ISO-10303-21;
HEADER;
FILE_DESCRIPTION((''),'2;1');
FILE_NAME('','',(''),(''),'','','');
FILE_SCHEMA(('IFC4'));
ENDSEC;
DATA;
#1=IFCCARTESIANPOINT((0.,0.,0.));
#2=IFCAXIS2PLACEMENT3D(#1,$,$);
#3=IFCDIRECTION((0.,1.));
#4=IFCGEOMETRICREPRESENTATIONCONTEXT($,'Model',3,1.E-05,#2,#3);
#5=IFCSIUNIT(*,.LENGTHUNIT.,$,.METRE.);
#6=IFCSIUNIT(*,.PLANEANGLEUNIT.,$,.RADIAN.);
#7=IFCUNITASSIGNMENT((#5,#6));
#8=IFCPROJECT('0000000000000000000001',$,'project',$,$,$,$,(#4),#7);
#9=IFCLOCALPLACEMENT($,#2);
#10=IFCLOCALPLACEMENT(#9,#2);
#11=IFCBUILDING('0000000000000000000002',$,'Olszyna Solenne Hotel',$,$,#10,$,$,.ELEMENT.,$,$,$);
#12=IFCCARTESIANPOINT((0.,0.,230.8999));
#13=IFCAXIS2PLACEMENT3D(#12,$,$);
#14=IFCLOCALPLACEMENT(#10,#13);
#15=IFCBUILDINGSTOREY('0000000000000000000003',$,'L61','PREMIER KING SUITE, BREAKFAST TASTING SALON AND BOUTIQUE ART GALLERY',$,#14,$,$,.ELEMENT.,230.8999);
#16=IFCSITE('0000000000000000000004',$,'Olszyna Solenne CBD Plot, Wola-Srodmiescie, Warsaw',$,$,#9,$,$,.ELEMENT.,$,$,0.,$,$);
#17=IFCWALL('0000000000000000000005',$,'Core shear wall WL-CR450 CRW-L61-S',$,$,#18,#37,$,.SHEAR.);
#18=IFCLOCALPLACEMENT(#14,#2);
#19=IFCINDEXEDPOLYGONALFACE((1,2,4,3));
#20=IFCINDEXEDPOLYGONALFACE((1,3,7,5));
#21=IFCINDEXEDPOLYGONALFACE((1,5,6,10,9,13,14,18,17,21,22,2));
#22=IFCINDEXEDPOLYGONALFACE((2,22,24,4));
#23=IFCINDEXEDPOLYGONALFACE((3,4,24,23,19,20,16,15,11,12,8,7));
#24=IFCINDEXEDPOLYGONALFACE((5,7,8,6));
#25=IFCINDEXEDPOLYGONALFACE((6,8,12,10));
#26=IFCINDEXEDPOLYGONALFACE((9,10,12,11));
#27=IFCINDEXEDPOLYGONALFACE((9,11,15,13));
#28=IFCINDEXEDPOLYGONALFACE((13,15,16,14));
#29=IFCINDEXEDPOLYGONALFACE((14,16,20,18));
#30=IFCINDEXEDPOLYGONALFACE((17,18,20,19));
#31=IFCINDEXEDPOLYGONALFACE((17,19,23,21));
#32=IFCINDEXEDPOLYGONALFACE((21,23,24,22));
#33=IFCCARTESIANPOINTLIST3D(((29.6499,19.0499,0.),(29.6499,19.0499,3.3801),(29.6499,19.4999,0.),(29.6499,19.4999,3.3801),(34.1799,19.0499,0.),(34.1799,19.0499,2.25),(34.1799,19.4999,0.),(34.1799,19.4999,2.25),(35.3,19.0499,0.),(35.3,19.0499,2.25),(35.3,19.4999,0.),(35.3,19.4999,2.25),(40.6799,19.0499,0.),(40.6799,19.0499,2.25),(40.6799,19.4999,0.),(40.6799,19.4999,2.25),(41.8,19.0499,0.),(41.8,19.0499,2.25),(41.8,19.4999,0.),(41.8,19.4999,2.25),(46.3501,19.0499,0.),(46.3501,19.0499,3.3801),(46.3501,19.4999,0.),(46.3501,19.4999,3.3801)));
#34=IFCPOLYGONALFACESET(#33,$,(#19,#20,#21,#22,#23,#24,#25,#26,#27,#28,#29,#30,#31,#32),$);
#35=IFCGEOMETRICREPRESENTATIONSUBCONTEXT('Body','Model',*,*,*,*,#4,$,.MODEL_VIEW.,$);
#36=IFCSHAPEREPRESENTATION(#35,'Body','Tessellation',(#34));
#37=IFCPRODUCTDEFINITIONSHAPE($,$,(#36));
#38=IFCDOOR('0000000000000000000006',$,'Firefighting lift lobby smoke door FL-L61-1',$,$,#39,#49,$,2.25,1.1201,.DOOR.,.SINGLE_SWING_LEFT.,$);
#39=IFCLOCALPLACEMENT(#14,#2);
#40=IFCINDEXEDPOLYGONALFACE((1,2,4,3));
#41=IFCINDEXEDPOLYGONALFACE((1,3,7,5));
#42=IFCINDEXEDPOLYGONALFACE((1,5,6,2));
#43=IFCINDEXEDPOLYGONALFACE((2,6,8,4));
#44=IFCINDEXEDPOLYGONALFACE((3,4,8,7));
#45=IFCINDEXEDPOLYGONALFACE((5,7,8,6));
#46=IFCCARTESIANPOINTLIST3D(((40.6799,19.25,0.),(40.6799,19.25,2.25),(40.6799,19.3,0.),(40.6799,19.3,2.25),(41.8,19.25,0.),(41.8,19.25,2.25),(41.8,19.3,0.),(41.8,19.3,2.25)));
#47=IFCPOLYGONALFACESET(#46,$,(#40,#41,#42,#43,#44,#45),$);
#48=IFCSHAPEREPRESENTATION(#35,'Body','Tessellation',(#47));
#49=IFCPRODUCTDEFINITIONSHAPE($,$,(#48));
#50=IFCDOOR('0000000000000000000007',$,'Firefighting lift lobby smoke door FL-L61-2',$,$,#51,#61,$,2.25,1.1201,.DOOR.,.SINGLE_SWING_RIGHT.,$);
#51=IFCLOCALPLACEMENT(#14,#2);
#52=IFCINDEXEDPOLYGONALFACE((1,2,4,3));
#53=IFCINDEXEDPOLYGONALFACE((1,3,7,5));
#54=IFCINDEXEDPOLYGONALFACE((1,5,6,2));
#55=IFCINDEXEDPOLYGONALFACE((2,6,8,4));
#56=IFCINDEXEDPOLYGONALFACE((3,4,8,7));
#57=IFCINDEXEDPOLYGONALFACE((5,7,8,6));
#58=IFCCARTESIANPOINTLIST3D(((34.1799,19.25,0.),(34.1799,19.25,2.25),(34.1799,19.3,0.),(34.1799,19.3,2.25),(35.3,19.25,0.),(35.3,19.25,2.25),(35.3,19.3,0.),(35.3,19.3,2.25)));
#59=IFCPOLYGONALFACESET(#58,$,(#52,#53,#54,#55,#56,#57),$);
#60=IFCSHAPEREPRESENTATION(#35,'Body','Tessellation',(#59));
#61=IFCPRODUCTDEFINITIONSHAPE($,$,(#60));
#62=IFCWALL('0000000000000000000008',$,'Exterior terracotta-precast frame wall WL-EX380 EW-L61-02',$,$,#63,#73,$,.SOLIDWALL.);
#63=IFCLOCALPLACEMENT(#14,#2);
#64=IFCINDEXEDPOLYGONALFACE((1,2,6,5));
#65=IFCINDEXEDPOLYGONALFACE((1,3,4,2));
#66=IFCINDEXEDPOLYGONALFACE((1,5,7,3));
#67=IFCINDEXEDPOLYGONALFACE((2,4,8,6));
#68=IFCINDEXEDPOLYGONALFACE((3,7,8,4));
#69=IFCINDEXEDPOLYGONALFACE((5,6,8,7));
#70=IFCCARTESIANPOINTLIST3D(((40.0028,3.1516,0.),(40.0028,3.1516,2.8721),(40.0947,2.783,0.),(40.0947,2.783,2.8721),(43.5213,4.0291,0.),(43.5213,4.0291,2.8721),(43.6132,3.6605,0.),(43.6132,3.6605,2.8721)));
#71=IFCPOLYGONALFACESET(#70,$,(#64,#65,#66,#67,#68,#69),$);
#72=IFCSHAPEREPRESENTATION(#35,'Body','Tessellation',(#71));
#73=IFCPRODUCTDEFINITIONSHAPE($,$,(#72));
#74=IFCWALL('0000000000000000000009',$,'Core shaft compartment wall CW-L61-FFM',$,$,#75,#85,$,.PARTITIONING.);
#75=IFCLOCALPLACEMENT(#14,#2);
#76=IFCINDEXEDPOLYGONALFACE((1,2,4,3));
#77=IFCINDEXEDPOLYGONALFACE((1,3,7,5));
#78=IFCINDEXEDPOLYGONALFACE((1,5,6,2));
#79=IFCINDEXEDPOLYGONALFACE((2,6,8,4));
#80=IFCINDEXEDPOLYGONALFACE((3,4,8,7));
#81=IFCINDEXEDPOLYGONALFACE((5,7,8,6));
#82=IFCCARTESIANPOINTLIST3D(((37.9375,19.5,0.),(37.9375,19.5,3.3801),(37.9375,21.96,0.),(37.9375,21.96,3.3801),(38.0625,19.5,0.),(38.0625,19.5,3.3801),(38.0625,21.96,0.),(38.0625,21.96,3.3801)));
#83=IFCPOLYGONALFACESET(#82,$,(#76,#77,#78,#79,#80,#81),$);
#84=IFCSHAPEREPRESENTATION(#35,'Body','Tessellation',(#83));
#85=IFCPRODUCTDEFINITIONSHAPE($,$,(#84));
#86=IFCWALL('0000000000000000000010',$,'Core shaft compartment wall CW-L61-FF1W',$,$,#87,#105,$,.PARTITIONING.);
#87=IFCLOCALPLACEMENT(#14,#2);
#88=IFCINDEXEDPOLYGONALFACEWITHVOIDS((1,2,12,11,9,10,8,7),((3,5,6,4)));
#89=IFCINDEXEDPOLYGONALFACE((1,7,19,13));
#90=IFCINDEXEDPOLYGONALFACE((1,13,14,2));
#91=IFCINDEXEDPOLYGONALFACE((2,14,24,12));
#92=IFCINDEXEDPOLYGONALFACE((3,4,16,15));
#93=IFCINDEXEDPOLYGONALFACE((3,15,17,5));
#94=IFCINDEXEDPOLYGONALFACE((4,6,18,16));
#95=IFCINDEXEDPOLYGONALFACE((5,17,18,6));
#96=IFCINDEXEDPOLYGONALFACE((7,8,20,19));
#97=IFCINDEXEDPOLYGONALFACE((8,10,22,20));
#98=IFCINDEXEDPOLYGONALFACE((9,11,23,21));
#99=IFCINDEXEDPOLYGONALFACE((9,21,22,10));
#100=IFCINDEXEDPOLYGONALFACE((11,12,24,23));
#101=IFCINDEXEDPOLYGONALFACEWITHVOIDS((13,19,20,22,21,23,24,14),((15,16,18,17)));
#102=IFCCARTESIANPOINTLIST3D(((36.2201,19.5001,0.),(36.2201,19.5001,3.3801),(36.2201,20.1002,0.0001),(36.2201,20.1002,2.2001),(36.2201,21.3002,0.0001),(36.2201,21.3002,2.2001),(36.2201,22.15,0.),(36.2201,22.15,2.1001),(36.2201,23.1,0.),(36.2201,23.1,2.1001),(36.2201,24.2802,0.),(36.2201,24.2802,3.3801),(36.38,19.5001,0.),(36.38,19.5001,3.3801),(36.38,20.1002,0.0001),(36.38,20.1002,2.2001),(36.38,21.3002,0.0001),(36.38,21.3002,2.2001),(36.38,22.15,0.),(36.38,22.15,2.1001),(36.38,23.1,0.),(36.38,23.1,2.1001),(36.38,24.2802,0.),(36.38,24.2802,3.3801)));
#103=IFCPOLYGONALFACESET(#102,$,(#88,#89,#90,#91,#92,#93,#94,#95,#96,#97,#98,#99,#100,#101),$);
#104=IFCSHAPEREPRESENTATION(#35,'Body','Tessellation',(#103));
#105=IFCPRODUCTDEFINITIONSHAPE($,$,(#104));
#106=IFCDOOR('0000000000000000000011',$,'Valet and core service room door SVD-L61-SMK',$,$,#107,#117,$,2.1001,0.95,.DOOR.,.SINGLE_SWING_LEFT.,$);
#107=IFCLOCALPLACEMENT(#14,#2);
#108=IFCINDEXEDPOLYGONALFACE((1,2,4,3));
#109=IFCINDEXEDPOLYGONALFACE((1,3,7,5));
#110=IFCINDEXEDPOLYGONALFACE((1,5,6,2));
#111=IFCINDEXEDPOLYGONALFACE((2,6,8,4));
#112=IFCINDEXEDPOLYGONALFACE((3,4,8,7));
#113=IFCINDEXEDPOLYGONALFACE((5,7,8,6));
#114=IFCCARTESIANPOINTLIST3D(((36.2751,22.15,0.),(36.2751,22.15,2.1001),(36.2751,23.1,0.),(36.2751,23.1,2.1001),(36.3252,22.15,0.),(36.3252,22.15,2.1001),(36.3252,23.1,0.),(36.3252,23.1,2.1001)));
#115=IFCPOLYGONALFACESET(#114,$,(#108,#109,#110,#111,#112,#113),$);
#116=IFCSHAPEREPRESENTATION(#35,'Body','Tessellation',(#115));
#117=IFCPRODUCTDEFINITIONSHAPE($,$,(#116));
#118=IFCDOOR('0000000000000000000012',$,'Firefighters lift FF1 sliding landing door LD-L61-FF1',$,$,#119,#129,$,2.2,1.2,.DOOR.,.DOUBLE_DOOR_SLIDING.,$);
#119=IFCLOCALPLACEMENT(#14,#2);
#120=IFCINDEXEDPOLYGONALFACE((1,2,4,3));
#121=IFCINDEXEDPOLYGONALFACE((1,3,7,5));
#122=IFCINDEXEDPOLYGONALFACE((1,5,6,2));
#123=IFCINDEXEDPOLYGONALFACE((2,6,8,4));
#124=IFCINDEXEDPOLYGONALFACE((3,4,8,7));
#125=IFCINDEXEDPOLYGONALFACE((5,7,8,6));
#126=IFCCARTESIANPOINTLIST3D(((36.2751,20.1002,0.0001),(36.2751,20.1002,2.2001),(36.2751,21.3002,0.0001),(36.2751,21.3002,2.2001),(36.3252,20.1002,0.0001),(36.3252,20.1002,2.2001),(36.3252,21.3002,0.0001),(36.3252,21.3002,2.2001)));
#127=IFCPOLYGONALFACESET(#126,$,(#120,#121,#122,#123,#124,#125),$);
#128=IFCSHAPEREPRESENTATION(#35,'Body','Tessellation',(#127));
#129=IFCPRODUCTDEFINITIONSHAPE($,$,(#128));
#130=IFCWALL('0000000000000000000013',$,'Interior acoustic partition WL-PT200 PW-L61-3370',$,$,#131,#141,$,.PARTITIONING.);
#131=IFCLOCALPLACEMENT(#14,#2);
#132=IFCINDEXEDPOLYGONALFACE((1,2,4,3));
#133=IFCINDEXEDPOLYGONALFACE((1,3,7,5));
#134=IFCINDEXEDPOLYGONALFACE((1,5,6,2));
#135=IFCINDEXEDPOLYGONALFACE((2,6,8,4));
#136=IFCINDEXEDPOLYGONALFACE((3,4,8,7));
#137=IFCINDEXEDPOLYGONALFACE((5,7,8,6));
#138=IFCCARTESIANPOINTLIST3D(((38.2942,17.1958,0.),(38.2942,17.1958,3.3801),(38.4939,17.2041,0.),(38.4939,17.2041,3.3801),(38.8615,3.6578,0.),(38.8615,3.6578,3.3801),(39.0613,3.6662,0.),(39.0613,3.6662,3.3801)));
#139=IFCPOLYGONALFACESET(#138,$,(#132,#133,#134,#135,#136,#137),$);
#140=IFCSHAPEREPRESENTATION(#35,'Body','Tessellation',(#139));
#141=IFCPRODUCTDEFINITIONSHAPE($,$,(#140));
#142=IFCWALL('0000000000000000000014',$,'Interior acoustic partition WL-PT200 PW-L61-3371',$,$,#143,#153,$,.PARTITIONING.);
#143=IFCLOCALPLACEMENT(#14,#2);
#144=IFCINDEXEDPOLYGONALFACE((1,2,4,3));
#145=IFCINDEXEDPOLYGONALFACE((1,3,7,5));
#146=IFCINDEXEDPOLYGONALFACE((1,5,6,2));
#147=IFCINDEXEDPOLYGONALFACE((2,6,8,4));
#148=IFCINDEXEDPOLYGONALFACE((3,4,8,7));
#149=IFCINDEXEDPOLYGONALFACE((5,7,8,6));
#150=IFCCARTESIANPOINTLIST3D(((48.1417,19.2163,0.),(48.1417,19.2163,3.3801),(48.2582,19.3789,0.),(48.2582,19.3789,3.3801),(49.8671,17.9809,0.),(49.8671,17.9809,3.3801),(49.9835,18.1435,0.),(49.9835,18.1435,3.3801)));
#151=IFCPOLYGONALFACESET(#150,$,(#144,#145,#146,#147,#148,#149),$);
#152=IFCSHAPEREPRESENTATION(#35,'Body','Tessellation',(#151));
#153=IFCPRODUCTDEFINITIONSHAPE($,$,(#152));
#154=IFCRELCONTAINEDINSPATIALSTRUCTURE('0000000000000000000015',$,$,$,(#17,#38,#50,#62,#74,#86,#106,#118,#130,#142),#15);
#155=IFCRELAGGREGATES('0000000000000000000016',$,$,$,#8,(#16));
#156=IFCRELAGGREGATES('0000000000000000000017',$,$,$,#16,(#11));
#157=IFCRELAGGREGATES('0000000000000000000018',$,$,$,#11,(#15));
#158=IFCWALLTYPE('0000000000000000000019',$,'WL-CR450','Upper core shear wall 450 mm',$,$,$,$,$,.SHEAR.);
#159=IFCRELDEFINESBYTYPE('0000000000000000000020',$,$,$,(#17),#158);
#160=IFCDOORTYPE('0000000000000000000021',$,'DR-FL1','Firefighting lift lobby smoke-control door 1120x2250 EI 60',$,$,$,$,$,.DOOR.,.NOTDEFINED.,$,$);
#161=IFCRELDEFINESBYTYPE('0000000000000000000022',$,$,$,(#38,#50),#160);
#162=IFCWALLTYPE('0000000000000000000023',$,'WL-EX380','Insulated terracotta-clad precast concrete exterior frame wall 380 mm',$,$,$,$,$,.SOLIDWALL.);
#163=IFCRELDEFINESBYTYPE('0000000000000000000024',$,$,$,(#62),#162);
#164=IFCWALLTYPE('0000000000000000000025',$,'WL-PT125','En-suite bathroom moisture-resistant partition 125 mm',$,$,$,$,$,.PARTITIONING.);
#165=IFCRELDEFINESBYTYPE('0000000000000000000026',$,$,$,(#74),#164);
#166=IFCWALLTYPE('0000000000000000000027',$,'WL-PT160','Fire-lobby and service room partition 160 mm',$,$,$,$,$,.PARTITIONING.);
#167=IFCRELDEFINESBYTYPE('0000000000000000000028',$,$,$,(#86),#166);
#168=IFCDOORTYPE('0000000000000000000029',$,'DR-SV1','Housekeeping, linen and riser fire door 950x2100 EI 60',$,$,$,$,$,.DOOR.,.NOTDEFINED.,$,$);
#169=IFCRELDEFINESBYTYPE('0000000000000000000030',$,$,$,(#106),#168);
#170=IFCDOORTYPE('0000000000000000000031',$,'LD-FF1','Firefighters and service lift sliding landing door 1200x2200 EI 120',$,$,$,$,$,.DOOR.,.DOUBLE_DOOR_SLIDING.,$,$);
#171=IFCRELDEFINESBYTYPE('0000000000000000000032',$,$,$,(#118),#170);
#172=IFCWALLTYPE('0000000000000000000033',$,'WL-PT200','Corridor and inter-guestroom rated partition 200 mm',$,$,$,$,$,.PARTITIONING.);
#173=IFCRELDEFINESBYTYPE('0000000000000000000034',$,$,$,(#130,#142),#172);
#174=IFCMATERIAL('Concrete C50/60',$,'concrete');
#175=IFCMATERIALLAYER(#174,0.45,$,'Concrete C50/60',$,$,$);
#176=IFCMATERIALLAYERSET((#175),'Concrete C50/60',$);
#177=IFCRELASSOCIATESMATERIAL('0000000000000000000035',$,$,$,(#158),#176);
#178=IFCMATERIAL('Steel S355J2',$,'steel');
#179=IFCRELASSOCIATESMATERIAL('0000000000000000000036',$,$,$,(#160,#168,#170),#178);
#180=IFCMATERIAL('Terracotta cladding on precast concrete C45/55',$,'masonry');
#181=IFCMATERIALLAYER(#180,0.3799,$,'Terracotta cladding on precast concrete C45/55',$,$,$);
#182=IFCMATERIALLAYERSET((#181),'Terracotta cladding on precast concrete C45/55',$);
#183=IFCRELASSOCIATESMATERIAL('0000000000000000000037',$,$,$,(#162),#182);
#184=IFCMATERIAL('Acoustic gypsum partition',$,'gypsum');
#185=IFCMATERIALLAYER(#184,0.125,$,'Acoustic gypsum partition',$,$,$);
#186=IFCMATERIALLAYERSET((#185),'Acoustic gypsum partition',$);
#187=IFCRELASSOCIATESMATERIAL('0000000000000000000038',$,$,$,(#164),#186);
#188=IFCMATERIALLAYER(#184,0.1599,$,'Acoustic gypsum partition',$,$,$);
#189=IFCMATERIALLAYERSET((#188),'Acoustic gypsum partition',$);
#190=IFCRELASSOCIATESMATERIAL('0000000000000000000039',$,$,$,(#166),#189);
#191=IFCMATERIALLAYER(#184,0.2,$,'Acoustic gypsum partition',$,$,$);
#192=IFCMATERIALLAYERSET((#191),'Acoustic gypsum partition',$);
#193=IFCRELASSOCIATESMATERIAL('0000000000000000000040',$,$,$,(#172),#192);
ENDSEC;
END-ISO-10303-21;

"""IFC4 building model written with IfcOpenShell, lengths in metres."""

from ifc_helpers import new_model, si_unit, direction, frame, frame_2d, origin, place, context, subcontext, project, spatial, rectangle, extrude, source, transform, mapped, material, layer, layer_set, type_object, type_shapes, element, fill, save


model = new_model("IFC4")

# Units and contexts
model_context = context("Model", 3, precision=1e-05, world=origin(), true_north=direction((0.0, 1.0)))
body_context = subcontext(model_context, "Body", "Model", "MODEL_VIEW")
ifc_project = project(units=[si_unit("LENGTHUNIT", "METRE"), si_unit("PLANEANGLEUNIT", "RADIAN")], contexts=[model_context])

# Site, building, storey
site_placement = place(None, origin())
site = spatial("IfcSite", under=ifc_project, at=site_placement, Name="Olszyna Solenne CBD Plot, Wola-Srodmiescie, Warsaw", CompositionType="ELEMENT", RefElevation=0.0)
building_placement = place(site_placement, origin())
building = spatial("IfcBuilding", under=site, at=building_placement, Name="Olszyna Solenne Hotel", CompositionType="ELEMENT")
storey_placement = place(building_placement, frame((0.0, 0.0, 230.8999)))
storey = spatial("IfcBuildingStorey", under=building, at=storey_placement, Name="L61", Description="PREMIER KING SUITE, BREAKFAST TASTING SALON AND BOUTIQUE ART GALLERY", CompositionType="ELEMENT", Elevation=230.8999)

# Shared definitions
ifc_material_1 = material(Name="Steel S355J2", Category="steel")

# Wall, openings, doors
ifc_material_2 = material(Name="Concrete C50/60", Category="concrete")
ifc_layer_1 = layer(ifc_material_2, 0.45, Name="Concrete C50/60")
ifc_layer_set_1 = layer_set([ifc_layer_1], Name="Concrete C50/60")
wall_type_1 = type_object("IfcWallType", Name="WL-CR450", Description="Upper core shear wall 450 mm", PredefinedType="SHEAR", material=ifc_layer_set_1)
wall_1_placement = place(storey_placement, frame((46.3501, 19.2749, 0.0), z_axis=(0.0, 0.0, 1.0), x_axis=(-1.0, 0.0, 0.0)))
wall_1 = element("IfcWall", 1, at=wall_1_placement, inside=storey, type_object=wall_type_1, Name="Core shear wall WL-CR450 CRW-L61-S", PredefinedType="SHEAR", context=body_context, shape_type="SweptSolid", body=[
    extrude(rectangle(XDim=16.7002, YDim=0.45, at=frame_2d((8.3501, 0.0))), origin(), (0.0, 0.0, 1.0), 3.3801),
])
opening_1_placement = place(wall_1_placement, frame((4.55, 0.0, 0.0)))
opening_1 = element("IfcOpeningElement", 2, at=opening_1_placement, cuts=wall_1, PredefinedType="OPENING", context=body_context, shape_type="SweptSolid", body=[
    extrude(rectangle(XDim=1.1201, YDim=2.25, at=frame_2d((0.5601, 1.125))), frame((0.0, 0.2349, 0.0), z_axis=(0.0, -1.0, 0.0), x_axis=(1.0, 0.0, 0.0)), (0.0, 0.0, 1.0), 0.47),
])
opening_2_placement = place(wall_1_placement, frame((11.05, 0.0, 0.0)))
opening_2 = element("IfcOpeningElement", 3, at=opening_2_placement, cuts=wall_1, PredefinedType="OPENING", context=body_context, shape_type="SweptSolid", body=[
    extrude(rectangle(XDim=1.1201, YDim=2.25, at=frame_2d((0.5601, 1.125))), frame((0.0, 0.2349, 0.0), z_axis=(0.0, -1.0, 0.0), x_axis=(1.0, 0.0, 0.0)), (0.0, 0.0, 1.0), 0.47),
])
door_type_1 = type_object("IfcDoorType", Name="DR-FL1", Description="Firefighting lift lobby smoke-control door 1120x2250 EI 60", OperationType="NOTDEFINED", PredefinedType="DOOR", material=ifc_material_1)
shared_shape_1 = source(origin(), body_context, "Body", "SweptSolid", [
    extrude(rectangle(XDim=1.1201, YDim=2.25, at=frame_2d((0.5601, 1.125))), frame((0.0, 0.0249, 0.0), z_axis=(0.0, -1.0, 0.0), x_axis=(1.0, 0.0, 0.0)), (0.0, 0.0, 1.0), 0.05),
])
type_shapes(door_type_1, [shared_shape_1])
door_1_placement = place(opening_1_placement, origin())
door_1 = element("IfcDoor", 4, at=door_1_placement, inside=storey, type_object=door_type_1, Name="Firefighting lift lobby smoke door FL-L61-1", OperationType="SINGLE_SWING_LEFT", OverallHeight=2.25, OverallWidth=1.1201, PredefinedType="DOOR", context=body_context, shape_type="MappedRepresentation", body=[
    mapped(shared_shape_1, transform((0.0, 0.0, 0.0), x_axis=(1.0, 0.0, 0.0), y_axis=(0.0, 1.0, 0.0), z_axis=(0.0, 0.0, 1.0), scale=1.0)),
])
fill(opening_1, door_1)
door_2_placement = place(opening_2_placement, origin())
door_2 = element("IfcDoor", 5, at=door_2_placement, inside=storey, type_object=door_type_1, Name="Firefighting lift lobby smoke door FL-L61-2", OperationType="SINGLE_SWING_RIGHT", OverallHeight=2.25, OverallWidth=1.1201, PredefinedType="DOOR", context=body_context, shape_type="MappedRepresentation", body=[
    mapped(shared_shape_1, transform((0.0, 0.0, 0.0), x_axis=(1.0, 0.0, 0.0), y_axis=(0.0, 1.0, 0.0), z_axis=(0.0, 0.0, 1.0), scale=1.0)),
])
fill(opening_2, door_2)

# Walls
ifc_material_3 = material(Name="Terracotta cladding on precast concrete C45/55", Category="masonry")
ifc_layer_2 = layer(ifc_material_3, 0.3799, Name="Terracotta cladding on precast concrete C45/55")
ifc_layer_set_2 = layer_set([ifc_layer_2], Name="Terracotta cladding on precast concrete C45/55")
wall_type_2 = type_object("IfcWallType", Name="WL-EX380", Description="Insulated terracotta-clad precast concrete exterior frame wall 380 mm", PredefinedType="SOLIDWALL", material=ifc_layer_set_2)
wall_2_placement = place(storey_placement, frame((43.5671, 3.8447, 0.0), z_axis=(0.0, 0.0, 1.0), x_axis=(-0.970285, -0.241965, 0.0)))
element("IfcWall", 6, at=wall_2_placement, inside=storey, type_object=wall_type_2, Name="Exterior terracotta-precast frame wall WL-EX380 EW-L61-02", PredefinedType="SOLIDWALL", context=body_context, shape_type="SweptSolid", body=[
    extrude(rectangle(XDim=3.6262, YDim=0.3799, at=frame_2d((1.813, 0.0))), origin(), (0.0, 0.0, 1.0), 2.8721),
])
ifc_material_4 = material(Name="Acoustic gypsum partition", Category="gypsum")
ifc_layer_3 = layer(ifc_material_4, 0.125, Name="Acoustic gypsum partition")
ifc_layer_set_3 = layer_set([ifc_layer_3], Name="Acoustic gypsum partition")
wall_type_3 = type_object("IfcWallType", Name="WL-PT125", Description="En-suite bathroom moisture-resistant partition 125 mm", PredefinedType="PARTITIONING", material=ifc_layer_set_3)
wall_3_placement = place(storey_placement, frame((38.0, 19.5, 0.0), z_axis=(0.0, 0.0, 1.0), x_axis=(0.0, 1.0, 0.0)))
element("IfcWall", 7, at=wall_3_placement, inside=storey, type_object=wall_type_3, Name="Core shaft compartment wall CW-L61-FFM", PredefinedType="PARTITIONING", context=body_context, shape_type="SweptSolid", body=[
    extrude(rectangle(XDim=2.46, YDim=0.125, at=frame_2d((1.23, 0.0))), origin(), (0.0, 0.0, 1.0), 3.3801),
])

# Wall, openings, doors
ifc_layer_4 = layer(ifc_material_4, 0.1599, Name="Acoustic gypsum partition")
ifc_layer_set_4 = layer_set([ifc_layer_4], Name="Acoustic gypsum partition")
wall_type_4 = type_object("IfcWallType", Name="WL-PT160", Description="Fire-lobby and service room partition 160 mm", PredefinedType="PARTITIONING", material=ifc_layer_set_4)
wall_4_placement = place(storey_placement, frame((36.3, 19.5, 0.0), z_axis=(0.0, 0.0, 1.0), x_axis=(0.0, 1.0, 0.0)))
wall_4 = element("IfcWall", 8, at=wall_4_placement, inside=storey, type_object=wall_type_4, Name="Core shaft compartment wall CW-L61-FF1W", PredefinedType="PARTITIONING", context=body_context, shape_type="SweptSolid", body=[
    extrude(rectangle(XDim=4.78, YDim=0.1599, at=frame_2d((2.3901, 0.0))), origin(), (0.0, 0.0, 1.0), 3.3801),
])
opening_3_placement = place(wall_4_placement, frame((0.6001, 0.0, 0.0)))
opening_3 = element("IfcOpeningElement", 9, at=opening_3_placement, cuts=wall_4, PredefinedType="OPENING", context=body_context, shape_type="SweptSolid", body=[
    extrude(rectangle(XDim=1.2, YDim=2.2, at=frame_2d((0.6001, 1.1001))), frame((0.0, 0.0898, 0.0), z_axis=(0.0, -1.0, 0.0), x_axis=(1.0, 0.0, 0.0)), (0.0, 0.0, 1.0), 0.1799),
])
opening_4_placement = place(wall_4_placement, frame((2.6499, 0.0, 0.0)))
opening_4 = element("IfcOpeningElement", 10, at=opening_4_placement, cuts=wall_4, PredefinedType="OPENING", context=body_context, shape_type="SweptSolid", body=[
    extrude(rectangle(XDim=0.95, YDim=2.1001, at=frame_2d((0.4751, 1.05))), frame((0.0, 0.0898, 0.0), z_axis=(0.0, -1.0, 0.0), x_axis=(1.0, 0.0, 0.0)), (0.0, 0.0, 1.0), 0.1799),
])
door_type_2 = type_object("IfcDoorType", Name="DR-SV1", Description="Housekeeping, linen and riser fire door 950x2100 EI 60", OperationType="NOTDEFINED", PredefinedType="DOOR", material=ifc_material_1)
shared_shape_2 = source(origin(), body_context, "Body", "SweptSolid", [
    extrude(rectangle(XDim=0.95, YDim=2.1001, at=frame_2d((0.4751, 1.05))), frame((0.0, 0.0249, 0.0), z_axis=(0.0, -1.0, 0.0), x_axis=(1.0, 0.0, 0.0)), (0.0, 0.0, 1.0), 0.05),
])
type_shapes(door_type_2, [shared_shape_2])
door_3_placement = place(opening_4_placement, origin())
door_3 = element("IfcDoor", 11, at=door_3_placement, inside=storey, type_object=door_type_2, Name="Valet and core service room door SVD-L61-SMK", OperationType="SINGLE_SWING_LEFT", OverallHeight=2.1001, OverallWidth=0.95, PredefinedType="DOOR", context=body_context, shape_type="MappedRepresentation", body=[
    mapped(shared_shape_2, transform((0.0, 0.0, 0.0), x_axis=(1.0, 0.0, 0.0), y_axis=(0.0, 1.0, 0.0), z_axis=(0.0, 0.0, 1.0), scale=1.0)),
])
fill(opening_4, door_3)
door_type_3 = type_object("IfcDoorType", Name="LD-FF1", Description="Firefighters and service lift sliding landing door 1200x2200 EI 120", OperationType="DOUBLE_DOOR_SLIDING", PredefinedType="DOOR", material=ifc_material_1)
shared_shape_3 = source(origin(), body_context, "Body", "SweptSolid", [
    extrude(rectangle(XDim=1.2, YDim=2.2, at=frame_2d((0.6001, 1.1001))), frame((0.0, 0.0249, 0.0), z_axis=(0.0, -1.0, 0.0), x_axis=(1.0, 0.0, 0.0)), (0.0, 0.0, 1.0), 0.05),
])
type_shapes(door_type_3, [shared_shape_3])
door_4_placement = place(opening_3_placement, origin())
door_4 = element("IfcDoor", 12, at=door_4_placement, inside=storey, type_object=door_type_3, Name="Firefighters lift FF1 sliding landing door LD-L61-FF1", OperationType="DOUBLE_DOOR_SLIDING", OverallHeight=2.2, OverallWidth=1.2, PredefinedType="DOOR", context=body_context, shape_type="MappedRepresentation", body=[
    mapped(shared_shape_3, transform((0.0, 0.0, 0.0), x_axis=(1.0, 0.0, 0.0), y_axis=(0.0, 1.0, 0.0), z_axis=(0.0, 0.0, 1.0), scale=1.0)),
])
fill(opening_3, door_4)

# Walls
ifc_layer_5 = layer(ifc_material_4, 0.2, Name="Acoustic gypsum partition")
ifc_layer_set_5 = layer_set([ifc_layer_5], Name="Acoustic gypsum partition")
wall_type_5 = type_object("IfcWallType", Name="WL-PT200", Description="Corridor and inter-guestroom rated partition 200 mm", PredefinedType="PARTITIONING", material=ifc_layer_set_5)
wall_5_placement = place(storey_placement, frame((38.394, 17.2, 0.0), z_axis=(0.0, 0.0, 1.0), x_axis=(0.041874, -0.999123, 0.0)))
element("IfcWall", 13, at=wall_5_placement, inside=storey, type_object=wall_type_5, Name="Interior acoustic partition WL-PT200 PW-L61-3370", PredefinedType="PARTITIONING", context=body_context, shape_type="SweptSolid", body=[
    extrude(rectangle(XDim=13.5498, YDim=0.2, at=frame_2d((6.7749, 0.0))), origin(), (0.0, 0.0, 1.0), 3.3801),
])
wall_6_placement = place(storey_placement, frame((48.2, 19.2976, 0.0), z_axis=(0.0, 0.0, 1.0), x_axis=(0.813072, -0.582163, 0.0)))
element("IfcWall", 14, at=wall_6_placement, inside=storey, type_object=wall_type_5, Name="Interior acoustic partition WL-PT200 PW-L61-3371", PredefinedType="PARTITIONING", context=body_context, shape_type="SweptSolid", body=[
    extrude(rectangle(XDim=2.1221, YDim=0.2, at=frame_2d((1.061, 0.0))), origin(), (0.0, 0.0, 1.0), 3.3801),
])

save(model, "model.ifc")
